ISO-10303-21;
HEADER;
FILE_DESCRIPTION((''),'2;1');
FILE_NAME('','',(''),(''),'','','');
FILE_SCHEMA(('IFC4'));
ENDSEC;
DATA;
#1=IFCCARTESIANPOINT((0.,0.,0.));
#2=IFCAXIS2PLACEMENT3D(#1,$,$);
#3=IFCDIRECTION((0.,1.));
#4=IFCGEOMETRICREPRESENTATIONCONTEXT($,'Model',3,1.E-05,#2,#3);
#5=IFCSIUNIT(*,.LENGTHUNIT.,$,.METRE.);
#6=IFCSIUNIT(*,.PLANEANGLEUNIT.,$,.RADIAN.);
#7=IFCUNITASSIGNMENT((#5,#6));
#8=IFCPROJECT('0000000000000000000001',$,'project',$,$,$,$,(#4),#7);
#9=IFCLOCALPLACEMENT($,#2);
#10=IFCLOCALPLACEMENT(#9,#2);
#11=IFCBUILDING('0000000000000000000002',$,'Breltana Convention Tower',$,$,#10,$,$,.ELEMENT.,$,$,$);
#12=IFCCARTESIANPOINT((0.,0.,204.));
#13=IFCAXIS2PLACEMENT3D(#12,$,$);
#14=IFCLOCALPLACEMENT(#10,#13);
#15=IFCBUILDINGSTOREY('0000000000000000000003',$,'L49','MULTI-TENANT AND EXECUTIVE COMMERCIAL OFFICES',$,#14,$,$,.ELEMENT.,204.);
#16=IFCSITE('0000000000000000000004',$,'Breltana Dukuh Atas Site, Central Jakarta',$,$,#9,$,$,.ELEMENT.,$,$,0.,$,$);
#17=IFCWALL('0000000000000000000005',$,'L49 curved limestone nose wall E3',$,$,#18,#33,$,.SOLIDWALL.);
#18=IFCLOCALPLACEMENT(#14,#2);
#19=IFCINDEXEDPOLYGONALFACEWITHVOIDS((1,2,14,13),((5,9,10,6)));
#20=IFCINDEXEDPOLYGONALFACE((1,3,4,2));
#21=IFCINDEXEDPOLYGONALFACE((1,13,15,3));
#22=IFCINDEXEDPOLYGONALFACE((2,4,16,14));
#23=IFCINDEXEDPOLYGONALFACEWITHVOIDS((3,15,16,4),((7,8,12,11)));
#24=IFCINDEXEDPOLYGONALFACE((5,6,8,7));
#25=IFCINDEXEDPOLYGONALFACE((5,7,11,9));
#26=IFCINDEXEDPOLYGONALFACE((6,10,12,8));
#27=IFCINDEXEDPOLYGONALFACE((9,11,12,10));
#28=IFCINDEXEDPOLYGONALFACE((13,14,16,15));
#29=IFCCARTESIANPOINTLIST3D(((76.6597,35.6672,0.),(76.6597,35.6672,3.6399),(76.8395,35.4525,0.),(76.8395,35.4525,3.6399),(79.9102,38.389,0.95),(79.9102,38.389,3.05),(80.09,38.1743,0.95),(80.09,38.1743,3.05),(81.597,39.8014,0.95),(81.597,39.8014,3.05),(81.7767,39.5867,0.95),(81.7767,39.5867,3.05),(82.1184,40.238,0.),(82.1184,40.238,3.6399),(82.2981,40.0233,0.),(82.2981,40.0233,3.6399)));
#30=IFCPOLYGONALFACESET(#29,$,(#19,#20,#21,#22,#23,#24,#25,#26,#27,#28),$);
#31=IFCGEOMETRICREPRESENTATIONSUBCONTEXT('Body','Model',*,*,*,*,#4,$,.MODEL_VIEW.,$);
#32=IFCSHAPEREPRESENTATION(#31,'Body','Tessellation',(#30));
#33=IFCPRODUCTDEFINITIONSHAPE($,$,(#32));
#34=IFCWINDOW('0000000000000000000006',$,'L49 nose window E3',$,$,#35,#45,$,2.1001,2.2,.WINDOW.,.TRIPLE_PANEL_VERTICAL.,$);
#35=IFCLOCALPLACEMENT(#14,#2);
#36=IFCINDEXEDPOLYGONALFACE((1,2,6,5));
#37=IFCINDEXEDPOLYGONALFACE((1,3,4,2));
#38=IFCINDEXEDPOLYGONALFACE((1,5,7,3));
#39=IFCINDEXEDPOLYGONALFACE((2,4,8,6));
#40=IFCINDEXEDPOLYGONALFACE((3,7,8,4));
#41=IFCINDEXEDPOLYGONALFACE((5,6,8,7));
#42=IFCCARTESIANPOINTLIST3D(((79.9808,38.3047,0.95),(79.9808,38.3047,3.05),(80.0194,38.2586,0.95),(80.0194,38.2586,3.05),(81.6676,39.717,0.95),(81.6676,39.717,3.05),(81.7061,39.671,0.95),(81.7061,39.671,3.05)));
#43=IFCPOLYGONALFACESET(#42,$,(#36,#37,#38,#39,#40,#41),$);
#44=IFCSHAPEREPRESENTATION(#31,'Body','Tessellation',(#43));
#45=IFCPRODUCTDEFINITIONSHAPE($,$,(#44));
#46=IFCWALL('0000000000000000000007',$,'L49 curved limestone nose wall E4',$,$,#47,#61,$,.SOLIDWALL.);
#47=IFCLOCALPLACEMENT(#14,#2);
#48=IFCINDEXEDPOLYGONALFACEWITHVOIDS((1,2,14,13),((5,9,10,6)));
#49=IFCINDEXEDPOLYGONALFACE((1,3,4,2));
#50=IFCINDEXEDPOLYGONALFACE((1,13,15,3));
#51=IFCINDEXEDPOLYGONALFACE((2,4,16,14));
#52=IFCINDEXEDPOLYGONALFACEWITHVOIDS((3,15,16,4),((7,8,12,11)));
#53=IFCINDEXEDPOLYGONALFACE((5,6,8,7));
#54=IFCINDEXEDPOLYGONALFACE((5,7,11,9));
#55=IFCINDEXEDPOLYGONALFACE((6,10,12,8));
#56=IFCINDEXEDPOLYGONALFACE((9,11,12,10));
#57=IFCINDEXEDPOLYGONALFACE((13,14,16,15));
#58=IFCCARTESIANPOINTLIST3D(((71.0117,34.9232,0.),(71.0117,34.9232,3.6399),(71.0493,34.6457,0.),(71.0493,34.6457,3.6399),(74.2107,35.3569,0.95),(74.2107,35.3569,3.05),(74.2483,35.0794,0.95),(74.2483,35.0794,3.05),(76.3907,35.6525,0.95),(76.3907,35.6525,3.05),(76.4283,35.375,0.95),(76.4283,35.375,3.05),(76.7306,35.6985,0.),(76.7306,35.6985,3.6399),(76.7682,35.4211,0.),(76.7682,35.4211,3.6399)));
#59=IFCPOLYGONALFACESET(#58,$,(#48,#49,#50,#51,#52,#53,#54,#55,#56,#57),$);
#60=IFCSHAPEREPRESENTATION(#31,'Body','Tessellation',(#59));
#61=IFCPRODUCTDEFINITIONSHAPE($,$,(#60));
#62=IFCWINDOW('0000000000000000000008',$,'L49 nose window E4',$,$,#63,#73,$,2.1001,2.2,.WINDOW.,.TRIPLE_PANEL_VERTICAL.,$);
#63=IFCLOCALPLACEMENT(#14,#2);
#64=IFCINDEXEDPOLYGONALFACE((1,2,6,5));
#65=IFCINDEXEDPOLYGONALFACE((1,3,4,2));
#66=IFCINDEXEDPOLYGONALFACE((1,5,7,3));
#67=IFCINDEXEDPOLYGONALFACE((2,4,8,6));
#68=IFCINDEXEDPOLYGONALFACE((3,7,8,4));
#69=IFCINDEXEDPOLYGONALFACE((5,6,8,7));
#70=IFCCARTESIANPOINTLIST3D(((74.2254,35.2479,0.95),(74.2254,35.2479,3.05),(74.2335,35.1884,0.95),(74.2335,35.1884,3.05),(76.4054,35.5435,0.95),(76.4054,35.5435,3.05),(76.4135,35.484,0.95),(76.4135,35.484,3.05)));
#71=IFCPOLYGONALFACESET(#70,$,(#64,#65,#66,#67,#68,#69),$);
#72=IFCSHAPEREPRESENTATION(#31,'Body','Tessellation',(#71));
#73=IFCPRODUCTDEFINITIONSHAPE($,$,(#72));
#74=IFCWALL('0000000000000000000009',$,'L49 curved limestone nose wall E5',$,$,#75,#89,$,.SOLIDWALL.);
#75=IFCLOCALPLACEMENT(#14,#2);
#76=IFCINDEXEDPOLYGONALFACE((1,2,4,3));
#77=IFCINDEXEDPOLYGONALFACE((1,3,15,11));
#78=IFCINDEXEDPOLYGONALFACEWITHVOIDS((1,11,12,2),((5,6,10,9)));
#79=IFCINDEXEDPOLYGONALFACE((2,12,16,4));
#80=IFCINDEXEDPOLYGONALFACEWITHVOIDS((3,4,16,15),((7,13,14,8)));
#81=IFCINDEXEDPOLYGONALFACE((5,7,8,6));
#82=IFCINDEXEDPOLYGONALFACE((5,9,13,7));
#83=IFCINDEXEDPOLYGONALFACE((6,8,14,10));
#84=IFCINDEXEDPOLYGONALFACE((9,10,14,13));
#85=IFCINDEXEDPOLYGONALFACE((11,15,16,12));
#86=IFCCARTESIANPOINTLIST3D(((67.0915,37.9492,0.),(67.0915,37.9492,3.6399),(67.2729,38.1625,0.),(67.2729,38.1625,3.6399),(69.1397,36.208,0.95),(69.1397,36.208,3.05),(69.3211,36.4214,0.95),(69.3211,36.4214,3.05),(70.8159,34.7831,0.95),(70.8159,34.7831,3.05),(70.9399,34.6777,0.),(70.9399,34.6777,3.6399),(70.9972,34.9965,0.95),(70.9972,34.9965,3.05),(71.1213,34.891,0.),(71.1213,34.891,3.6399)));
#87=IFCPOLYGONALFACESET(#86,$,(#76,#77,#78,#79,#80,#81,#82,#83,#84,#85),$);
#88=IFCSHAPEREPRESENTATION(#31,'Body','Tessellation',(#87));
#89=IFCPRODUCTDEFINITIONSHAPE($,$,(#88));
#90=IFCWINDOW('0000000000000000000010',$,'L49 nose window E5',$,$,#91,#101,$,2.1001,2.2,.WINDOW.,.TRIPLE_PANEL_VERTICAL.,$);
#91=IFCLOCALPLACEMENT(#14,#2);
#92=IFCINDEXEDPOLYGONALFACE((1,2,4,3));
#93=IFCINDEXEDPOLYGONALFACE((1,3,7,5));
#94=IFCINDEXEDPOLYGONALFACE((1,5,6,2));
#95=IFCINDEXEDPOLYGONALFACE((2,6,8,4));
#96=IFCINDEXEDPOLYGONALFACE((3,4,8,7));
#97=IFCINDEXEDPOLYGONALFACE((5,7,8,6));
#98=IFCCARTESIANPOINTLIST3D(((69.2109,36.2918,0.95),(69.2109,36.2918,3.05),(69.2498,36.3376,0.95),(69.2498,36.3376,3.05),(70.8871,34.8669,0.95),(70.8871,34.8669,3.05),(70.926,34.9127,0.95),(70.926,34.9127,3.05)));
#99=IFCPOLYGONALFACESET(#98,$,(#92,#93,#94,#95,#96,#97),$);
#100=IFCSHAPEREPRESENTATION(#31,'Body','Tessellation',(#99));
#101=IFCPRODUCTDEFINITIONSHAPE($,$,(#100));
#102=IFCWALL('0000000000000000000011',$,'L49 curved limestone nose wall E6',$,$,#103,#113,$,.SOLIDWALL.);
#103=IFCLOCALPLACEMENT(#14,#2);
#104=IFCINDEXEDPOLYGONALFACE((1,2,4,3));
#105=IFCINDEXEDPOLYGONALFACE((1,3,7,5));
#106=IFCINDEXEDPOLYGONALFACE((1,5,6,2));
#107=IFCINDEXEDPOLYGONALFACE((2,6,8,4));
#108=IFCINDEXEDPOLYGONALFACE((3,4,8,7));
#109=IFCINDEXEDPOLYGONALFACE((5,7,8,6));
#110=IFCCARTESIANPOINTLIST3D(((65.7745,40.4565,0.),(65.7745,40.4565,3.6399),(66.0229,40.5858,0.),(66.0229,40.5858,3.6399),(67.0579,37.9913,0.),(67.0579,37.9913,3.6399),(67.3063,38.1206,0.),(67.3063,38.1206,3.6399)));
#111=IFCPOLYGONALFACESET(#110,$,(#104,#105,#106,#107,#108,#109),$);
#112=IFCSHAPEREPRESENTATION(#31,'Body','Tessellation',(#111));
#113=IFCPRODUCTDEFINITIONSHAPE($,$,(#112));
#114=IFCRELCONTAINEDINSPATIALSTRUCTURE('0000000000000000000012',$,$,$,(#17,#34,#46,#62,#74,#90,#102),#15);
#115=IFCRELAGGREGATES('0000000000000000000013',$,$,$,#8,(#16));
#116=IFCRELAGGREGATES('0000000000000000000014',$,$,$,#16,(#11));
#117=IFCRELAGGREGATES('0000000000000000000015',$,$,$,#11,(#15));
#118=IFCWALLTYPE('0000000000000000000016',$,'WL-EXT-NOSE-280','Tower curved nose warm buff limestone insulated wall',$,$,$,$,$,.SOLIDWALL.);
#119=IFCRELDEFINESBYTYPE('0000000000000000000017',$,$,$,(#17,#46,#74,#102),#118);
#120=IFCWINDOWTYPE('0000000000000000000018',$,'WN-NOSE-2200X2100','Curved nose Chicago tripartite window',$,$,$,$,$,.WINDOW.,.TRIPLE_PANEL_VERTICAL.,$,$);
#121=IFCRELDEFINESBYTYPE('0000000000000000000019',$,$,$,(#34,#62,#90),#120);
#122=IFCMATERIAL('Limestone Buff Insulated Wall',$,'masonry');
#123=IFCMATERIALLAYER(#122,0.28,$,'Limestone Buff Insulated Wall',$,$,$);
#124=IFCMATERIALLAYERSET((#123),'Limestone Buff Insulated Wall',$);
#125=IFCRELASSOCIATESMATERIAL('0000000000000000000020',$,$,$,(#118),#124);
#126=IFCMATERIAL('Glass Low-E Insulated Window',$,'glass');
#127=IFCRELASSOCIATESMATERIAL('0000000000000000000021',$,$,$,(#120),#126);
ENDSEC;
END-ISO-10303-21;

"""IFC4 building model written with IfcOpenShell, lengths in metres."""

from ifc_helpers import new_model, si_unit, direction, frame, frame_2d, origin, place, context, subcontext, project, spatial, rectangle, extrude, source, transform, mapped, material, layer, layer_set, type_object, type_shapes, element, fill, save


model = new_model("IFC4")

# Units and contexts
model_context = context("Model", 3, precision=1e-05, world=origin(), true_north=direction((0.0, 1.0)))
body_context = subcontext(model_context, "Body", "Model", "MODEL_VIEW")
ifc_project = project(units=[si_unit("LENGTHUNIT", "METRE"), si_unit("PLANEANGLEUNIT", "RADIAN")], contexts=[model_context])

# Site, building, storey
site_placement = place(None, origin())
site = spatial("IfcSite", under=ifc_project, at=site_placement, Name="Breltana Dukuh Atas Site, Central Jakarta", CompositionType="ELEMENT", RefElevation=0.0)
building_placement = place(site_placement, origin())
building = spatial("IfcBuilding", under=site, at=building_placement, Name="Breltana Convention Tower", CompositionType="ELEMENT")
storey_placement = place(building_placement, frame((0.0, 0.0, 204.0)))
storey = spatial("IfcBuildingStorey", under=building, at=storey_placement, Name="L49", Description="MULTI-TENANT AND EXECUTIVE COMMERCIAL OFFICES", CompositionType="ELEMENT", Elevation=204.0)

# Walls, openings, windows
ifc_material_1 = material(Name="Limestone Buff Insulated Wall", Category="masonry")
ifc_layer_1 = layer(ifc_material_1, 0.28, Name="Limestone Buff Insulated Wall")
ifc_layer_set_1 = layer_set([ifc_layer_1], Name="Limestone Buff Insulated Wall")
wall_type = type_object("IfcWallType", Name="WL-EXT-NOSE-280", Description="Tower curved nose warm buff limestone insulated wall", PredefinedType="SOLIDWALL", material=ifc_layer_set_1)
shared_shape_1 = source(origin(), body_context, "Body", "SweptSolid", [
    extrude(rectangle(XDim=7.1196, YDim=0.28, at=frame_2d((3.5598, 0.0))), origin(), (0.0, 0.0, 1.0), 3.6399),
])
wall_1_placement = place(storey_placement, frame((82.2083, 40.1306, 0.0), z_axis=(0.0, 0.0, 1.0), x_axis=(-0.76671, -0.641994, 0.0)))
wall_1 = element("IfcWall", 1, at=wall_1_placement, inside=storey, type_object=wall_type, Name="L49 curved limestone nose wall E3", PredefinedType="SOLIDWALL", context=body_context, shape_type="MappedRepresentation", body=[
    mapped(shared_shape_1, transform((0.0, 0.0, 0.0), scale=1.0)),
])
opening_1_placement = place(wall_1_placement, frame((0.6799, 0.0, 0.95)))
opening_1 = element("IfcOpeningElement", 2, at=opening_1_placement, cuts=wall_1, PredefinedType="OPENING", context=body_context, shape_type="SweptSolid", body=[
    extrude(rectangle(XDim=2.2, YDim=2.1001, at=frame_2d((1.1001, 1.05))), frame((0.0, 0.1499, 0.0), z_axis=(0.0, -1.0, 0.0), x_axis=(1.0, 0.0, 0.0)), (0.0, 0.0, 1.0), 0.3),
])
ifc_material_2 = material(Name="Glass Low-E Insulated Window", Category="glass")
window_type = type_object("IfcWindowType", Name="WN-NOSE-2200X2100", Description="Curved nose Chicago tripartite window", PartitioningType="TRIPLE_PANEL_VERTICAL", PredefinedType="WINDOW", material=ifc_material_2)
shared_shape_2 = source(origin(), body_context, "Body", "SweptSolid", [
    extrude(rectangle(XDim=2.2, YDim=2.1001, at=frame_2d((1.1001, 1.05))), frame((0.0, 0.03, 0.0), z_axis=(0.0, -1.0, 0.0), x_axis=(1.0, 0.0, 0.0)), (0.0, 0.0, 1.0), 0.0601),
])
type_shapes(window_type, [shared_shape_2])
window_1_placement = place(opening_1_placement, origin())
window_1 = element("IfcWindow", 3, at=window_1_placement, inside=storey, type_object=window_type, Name="L49 nose window E3", OverallHeight=2.1001, OverallWidth=2.2, PartitioningType="TRIPLE_PANEL_VERTICAL", PredefinedType="WINDOW", context=body_context, shape_type="MappedRepresentation", body=[
    mapped(shared_shape_2, transform((0.0, 0.0, 0.0), scale=1.0)),
])
fill(opening_1, window_1)
shared_shape_3 = source(origin(), body_context, "Body", "SweptSolid", [
    extrude(rectangle(XDim=5.7712, YDim=0.28, at=frame_2d((2.8857, 0.0))), origin(), (0.0, 0.0, 1.0), 3.6399),
])
wall_2_placement = place(storey_placement, frame((76.7495, 35.5598, 0.0), z_axis=(0.0, 0.0, 1.0), x_axis=(-0.990934, -0.134352, 0.0)))
wall_2 = element("IfcWall", 4, at=wall_2_placement, inside=storey, type_object=wall_type, Name="L49 curved limestone nose wall E4", PredefinedType="SOLIDWALL", context=body_context, shape_type="MappedRepresentation", body=[
    mapped(shared_shape_3, transform((0.0, 0.0, 0.0), scale=1.0)),
])
opening_2_placement = place(wall_2_placement, frame((0.343, 0.0, 0.95)))
opening_2 = element("IfcOpeningElement", 5, at=opening_2_placement, cuts=wall_2, PredefinedType="OPENING", context=body_context, shape_type="SweptSolid", body=[
    extrude(rectangle(XDim=2.2, YDim=2.1001, at=frame_2d((1.1001, 1.05))), frame((0.0, 0.1499, 0.0), z_axis=(0.0, -1.0, 0.0), x_axis=(1.0, 0.0, 0.0)), (0.0, 0.0, 1.0), 0.3),
])
window_2_placement = place(opening_2_placement, origin())
window_2 = element("IfcWindow", 6, at=window_2_placement, inside=storey, type_object=window_type, Name="L49 nose window E4", OverallHeight=2.1001, OverallWidth=2.2, PartitioningType="TRIPLE_PANEL_VERTICAL", PredefinedType="WINDOW", context=body_context, shape_type="MappedRepresentation", body=[
    mapped(shared_shape_2, transform((0.0, 0.0, 0.0), scale=1.0)),
])
fill(opening_2, window_2)
shared_shape_4 = source(origin(), body_context, "Body", "SweptSolid", [
    extrude(rectangle(XDim=5.051, YDim=0.28, at=frame_2d((2.5254, 0.0))), origin(), (0.0, 0.0, 1.0), 3.6399),
])
wall_3_placement = place(storey_placement, frame((71.0305, 34.7844, 0.0), z_axis=(0.0, 0.0, 1.0), x_axis=(-0.761905, 0.647689, 0.0)))
wall_3 = element("IfcWall", 7, at=wall_3_placement, inside=storey, type_object=wall_type, Name="L49 curved limestone nose wall E5", PredefinedType="SOLIDWALL", context=body_context, shape_type="MappedRepresentation", body=[
    mapped(shared_shape_4, transform((0.0, 0.0, 0.0), scale=1.0)),
])
opening_3_placement = place(wall_3_placement, frame((0.1626, 0.0, 0.95)))
opening_3 = element("IfcOpeningElement", 8, at=opening_3_placement, cuts=wall_3, PredefinedType="OPENING", context=body_context, shape_type="SweptSolid", body=[
    extrude(rectangle(XDim=2.2, YDim=2.1001, at=frame_2d((1.1001, 1.05))), frame((0.0, 0.1499, 0.0), z_axis=(0.0, -1.0, 0.0), x_axis=(1.0, 0.0, 0.0)), (0.0, 0.0, 1.0), 0.3),
])
window_3_placement = place(opening_3_placement, origin())
window_3 = element("IfcWindow", 9, at=window_3_placement, inside=storey, type_object=window_type, Name="L49 nose window E5", OverallHeight=2.1001, OverallWidth=2.2, PartitioningType="TRIPLE_PANEL_VERTICAL", PredefinedType="WINDOW", context=body_context, shape_type="MappedRepresentation", body=[
    mapped(shared_shape_2, transform((0.0, 0.0, 0.0), scale=1.0)),
])
fill(opening_3, window_3)

# Wall
shared_shape_5 = source(origin(), body_context, "Body", "SweptSolid", [
    extrude(rectangle(XDim=2.7793, YDim=0.28, at=frame_2d((1.3896, 0.0))), origin(), (0.0, 0.0, 1.0), 3.6399),
])
wall_4_placement = place(storey_placement, frame((67.1821, 38.0559, 0.0), z_axis=(0.0, 0.0, 1.0), x_axis=(-0.46177, 0.887, 0.0)))
element("IfcWall", 10, at=wall_4_placement, inside=storey, type_object=wall_type, Name="L49 curved limestone nose wall E6", PredefinedType="SOLIDWALL", context=body_context, shape_type="MappedRepresentation", body=[
    mapped(shared_shape_5, transform((0.0, 0.0, 0.0), scale=1.0)),
])

save(model, "model.ifc")
